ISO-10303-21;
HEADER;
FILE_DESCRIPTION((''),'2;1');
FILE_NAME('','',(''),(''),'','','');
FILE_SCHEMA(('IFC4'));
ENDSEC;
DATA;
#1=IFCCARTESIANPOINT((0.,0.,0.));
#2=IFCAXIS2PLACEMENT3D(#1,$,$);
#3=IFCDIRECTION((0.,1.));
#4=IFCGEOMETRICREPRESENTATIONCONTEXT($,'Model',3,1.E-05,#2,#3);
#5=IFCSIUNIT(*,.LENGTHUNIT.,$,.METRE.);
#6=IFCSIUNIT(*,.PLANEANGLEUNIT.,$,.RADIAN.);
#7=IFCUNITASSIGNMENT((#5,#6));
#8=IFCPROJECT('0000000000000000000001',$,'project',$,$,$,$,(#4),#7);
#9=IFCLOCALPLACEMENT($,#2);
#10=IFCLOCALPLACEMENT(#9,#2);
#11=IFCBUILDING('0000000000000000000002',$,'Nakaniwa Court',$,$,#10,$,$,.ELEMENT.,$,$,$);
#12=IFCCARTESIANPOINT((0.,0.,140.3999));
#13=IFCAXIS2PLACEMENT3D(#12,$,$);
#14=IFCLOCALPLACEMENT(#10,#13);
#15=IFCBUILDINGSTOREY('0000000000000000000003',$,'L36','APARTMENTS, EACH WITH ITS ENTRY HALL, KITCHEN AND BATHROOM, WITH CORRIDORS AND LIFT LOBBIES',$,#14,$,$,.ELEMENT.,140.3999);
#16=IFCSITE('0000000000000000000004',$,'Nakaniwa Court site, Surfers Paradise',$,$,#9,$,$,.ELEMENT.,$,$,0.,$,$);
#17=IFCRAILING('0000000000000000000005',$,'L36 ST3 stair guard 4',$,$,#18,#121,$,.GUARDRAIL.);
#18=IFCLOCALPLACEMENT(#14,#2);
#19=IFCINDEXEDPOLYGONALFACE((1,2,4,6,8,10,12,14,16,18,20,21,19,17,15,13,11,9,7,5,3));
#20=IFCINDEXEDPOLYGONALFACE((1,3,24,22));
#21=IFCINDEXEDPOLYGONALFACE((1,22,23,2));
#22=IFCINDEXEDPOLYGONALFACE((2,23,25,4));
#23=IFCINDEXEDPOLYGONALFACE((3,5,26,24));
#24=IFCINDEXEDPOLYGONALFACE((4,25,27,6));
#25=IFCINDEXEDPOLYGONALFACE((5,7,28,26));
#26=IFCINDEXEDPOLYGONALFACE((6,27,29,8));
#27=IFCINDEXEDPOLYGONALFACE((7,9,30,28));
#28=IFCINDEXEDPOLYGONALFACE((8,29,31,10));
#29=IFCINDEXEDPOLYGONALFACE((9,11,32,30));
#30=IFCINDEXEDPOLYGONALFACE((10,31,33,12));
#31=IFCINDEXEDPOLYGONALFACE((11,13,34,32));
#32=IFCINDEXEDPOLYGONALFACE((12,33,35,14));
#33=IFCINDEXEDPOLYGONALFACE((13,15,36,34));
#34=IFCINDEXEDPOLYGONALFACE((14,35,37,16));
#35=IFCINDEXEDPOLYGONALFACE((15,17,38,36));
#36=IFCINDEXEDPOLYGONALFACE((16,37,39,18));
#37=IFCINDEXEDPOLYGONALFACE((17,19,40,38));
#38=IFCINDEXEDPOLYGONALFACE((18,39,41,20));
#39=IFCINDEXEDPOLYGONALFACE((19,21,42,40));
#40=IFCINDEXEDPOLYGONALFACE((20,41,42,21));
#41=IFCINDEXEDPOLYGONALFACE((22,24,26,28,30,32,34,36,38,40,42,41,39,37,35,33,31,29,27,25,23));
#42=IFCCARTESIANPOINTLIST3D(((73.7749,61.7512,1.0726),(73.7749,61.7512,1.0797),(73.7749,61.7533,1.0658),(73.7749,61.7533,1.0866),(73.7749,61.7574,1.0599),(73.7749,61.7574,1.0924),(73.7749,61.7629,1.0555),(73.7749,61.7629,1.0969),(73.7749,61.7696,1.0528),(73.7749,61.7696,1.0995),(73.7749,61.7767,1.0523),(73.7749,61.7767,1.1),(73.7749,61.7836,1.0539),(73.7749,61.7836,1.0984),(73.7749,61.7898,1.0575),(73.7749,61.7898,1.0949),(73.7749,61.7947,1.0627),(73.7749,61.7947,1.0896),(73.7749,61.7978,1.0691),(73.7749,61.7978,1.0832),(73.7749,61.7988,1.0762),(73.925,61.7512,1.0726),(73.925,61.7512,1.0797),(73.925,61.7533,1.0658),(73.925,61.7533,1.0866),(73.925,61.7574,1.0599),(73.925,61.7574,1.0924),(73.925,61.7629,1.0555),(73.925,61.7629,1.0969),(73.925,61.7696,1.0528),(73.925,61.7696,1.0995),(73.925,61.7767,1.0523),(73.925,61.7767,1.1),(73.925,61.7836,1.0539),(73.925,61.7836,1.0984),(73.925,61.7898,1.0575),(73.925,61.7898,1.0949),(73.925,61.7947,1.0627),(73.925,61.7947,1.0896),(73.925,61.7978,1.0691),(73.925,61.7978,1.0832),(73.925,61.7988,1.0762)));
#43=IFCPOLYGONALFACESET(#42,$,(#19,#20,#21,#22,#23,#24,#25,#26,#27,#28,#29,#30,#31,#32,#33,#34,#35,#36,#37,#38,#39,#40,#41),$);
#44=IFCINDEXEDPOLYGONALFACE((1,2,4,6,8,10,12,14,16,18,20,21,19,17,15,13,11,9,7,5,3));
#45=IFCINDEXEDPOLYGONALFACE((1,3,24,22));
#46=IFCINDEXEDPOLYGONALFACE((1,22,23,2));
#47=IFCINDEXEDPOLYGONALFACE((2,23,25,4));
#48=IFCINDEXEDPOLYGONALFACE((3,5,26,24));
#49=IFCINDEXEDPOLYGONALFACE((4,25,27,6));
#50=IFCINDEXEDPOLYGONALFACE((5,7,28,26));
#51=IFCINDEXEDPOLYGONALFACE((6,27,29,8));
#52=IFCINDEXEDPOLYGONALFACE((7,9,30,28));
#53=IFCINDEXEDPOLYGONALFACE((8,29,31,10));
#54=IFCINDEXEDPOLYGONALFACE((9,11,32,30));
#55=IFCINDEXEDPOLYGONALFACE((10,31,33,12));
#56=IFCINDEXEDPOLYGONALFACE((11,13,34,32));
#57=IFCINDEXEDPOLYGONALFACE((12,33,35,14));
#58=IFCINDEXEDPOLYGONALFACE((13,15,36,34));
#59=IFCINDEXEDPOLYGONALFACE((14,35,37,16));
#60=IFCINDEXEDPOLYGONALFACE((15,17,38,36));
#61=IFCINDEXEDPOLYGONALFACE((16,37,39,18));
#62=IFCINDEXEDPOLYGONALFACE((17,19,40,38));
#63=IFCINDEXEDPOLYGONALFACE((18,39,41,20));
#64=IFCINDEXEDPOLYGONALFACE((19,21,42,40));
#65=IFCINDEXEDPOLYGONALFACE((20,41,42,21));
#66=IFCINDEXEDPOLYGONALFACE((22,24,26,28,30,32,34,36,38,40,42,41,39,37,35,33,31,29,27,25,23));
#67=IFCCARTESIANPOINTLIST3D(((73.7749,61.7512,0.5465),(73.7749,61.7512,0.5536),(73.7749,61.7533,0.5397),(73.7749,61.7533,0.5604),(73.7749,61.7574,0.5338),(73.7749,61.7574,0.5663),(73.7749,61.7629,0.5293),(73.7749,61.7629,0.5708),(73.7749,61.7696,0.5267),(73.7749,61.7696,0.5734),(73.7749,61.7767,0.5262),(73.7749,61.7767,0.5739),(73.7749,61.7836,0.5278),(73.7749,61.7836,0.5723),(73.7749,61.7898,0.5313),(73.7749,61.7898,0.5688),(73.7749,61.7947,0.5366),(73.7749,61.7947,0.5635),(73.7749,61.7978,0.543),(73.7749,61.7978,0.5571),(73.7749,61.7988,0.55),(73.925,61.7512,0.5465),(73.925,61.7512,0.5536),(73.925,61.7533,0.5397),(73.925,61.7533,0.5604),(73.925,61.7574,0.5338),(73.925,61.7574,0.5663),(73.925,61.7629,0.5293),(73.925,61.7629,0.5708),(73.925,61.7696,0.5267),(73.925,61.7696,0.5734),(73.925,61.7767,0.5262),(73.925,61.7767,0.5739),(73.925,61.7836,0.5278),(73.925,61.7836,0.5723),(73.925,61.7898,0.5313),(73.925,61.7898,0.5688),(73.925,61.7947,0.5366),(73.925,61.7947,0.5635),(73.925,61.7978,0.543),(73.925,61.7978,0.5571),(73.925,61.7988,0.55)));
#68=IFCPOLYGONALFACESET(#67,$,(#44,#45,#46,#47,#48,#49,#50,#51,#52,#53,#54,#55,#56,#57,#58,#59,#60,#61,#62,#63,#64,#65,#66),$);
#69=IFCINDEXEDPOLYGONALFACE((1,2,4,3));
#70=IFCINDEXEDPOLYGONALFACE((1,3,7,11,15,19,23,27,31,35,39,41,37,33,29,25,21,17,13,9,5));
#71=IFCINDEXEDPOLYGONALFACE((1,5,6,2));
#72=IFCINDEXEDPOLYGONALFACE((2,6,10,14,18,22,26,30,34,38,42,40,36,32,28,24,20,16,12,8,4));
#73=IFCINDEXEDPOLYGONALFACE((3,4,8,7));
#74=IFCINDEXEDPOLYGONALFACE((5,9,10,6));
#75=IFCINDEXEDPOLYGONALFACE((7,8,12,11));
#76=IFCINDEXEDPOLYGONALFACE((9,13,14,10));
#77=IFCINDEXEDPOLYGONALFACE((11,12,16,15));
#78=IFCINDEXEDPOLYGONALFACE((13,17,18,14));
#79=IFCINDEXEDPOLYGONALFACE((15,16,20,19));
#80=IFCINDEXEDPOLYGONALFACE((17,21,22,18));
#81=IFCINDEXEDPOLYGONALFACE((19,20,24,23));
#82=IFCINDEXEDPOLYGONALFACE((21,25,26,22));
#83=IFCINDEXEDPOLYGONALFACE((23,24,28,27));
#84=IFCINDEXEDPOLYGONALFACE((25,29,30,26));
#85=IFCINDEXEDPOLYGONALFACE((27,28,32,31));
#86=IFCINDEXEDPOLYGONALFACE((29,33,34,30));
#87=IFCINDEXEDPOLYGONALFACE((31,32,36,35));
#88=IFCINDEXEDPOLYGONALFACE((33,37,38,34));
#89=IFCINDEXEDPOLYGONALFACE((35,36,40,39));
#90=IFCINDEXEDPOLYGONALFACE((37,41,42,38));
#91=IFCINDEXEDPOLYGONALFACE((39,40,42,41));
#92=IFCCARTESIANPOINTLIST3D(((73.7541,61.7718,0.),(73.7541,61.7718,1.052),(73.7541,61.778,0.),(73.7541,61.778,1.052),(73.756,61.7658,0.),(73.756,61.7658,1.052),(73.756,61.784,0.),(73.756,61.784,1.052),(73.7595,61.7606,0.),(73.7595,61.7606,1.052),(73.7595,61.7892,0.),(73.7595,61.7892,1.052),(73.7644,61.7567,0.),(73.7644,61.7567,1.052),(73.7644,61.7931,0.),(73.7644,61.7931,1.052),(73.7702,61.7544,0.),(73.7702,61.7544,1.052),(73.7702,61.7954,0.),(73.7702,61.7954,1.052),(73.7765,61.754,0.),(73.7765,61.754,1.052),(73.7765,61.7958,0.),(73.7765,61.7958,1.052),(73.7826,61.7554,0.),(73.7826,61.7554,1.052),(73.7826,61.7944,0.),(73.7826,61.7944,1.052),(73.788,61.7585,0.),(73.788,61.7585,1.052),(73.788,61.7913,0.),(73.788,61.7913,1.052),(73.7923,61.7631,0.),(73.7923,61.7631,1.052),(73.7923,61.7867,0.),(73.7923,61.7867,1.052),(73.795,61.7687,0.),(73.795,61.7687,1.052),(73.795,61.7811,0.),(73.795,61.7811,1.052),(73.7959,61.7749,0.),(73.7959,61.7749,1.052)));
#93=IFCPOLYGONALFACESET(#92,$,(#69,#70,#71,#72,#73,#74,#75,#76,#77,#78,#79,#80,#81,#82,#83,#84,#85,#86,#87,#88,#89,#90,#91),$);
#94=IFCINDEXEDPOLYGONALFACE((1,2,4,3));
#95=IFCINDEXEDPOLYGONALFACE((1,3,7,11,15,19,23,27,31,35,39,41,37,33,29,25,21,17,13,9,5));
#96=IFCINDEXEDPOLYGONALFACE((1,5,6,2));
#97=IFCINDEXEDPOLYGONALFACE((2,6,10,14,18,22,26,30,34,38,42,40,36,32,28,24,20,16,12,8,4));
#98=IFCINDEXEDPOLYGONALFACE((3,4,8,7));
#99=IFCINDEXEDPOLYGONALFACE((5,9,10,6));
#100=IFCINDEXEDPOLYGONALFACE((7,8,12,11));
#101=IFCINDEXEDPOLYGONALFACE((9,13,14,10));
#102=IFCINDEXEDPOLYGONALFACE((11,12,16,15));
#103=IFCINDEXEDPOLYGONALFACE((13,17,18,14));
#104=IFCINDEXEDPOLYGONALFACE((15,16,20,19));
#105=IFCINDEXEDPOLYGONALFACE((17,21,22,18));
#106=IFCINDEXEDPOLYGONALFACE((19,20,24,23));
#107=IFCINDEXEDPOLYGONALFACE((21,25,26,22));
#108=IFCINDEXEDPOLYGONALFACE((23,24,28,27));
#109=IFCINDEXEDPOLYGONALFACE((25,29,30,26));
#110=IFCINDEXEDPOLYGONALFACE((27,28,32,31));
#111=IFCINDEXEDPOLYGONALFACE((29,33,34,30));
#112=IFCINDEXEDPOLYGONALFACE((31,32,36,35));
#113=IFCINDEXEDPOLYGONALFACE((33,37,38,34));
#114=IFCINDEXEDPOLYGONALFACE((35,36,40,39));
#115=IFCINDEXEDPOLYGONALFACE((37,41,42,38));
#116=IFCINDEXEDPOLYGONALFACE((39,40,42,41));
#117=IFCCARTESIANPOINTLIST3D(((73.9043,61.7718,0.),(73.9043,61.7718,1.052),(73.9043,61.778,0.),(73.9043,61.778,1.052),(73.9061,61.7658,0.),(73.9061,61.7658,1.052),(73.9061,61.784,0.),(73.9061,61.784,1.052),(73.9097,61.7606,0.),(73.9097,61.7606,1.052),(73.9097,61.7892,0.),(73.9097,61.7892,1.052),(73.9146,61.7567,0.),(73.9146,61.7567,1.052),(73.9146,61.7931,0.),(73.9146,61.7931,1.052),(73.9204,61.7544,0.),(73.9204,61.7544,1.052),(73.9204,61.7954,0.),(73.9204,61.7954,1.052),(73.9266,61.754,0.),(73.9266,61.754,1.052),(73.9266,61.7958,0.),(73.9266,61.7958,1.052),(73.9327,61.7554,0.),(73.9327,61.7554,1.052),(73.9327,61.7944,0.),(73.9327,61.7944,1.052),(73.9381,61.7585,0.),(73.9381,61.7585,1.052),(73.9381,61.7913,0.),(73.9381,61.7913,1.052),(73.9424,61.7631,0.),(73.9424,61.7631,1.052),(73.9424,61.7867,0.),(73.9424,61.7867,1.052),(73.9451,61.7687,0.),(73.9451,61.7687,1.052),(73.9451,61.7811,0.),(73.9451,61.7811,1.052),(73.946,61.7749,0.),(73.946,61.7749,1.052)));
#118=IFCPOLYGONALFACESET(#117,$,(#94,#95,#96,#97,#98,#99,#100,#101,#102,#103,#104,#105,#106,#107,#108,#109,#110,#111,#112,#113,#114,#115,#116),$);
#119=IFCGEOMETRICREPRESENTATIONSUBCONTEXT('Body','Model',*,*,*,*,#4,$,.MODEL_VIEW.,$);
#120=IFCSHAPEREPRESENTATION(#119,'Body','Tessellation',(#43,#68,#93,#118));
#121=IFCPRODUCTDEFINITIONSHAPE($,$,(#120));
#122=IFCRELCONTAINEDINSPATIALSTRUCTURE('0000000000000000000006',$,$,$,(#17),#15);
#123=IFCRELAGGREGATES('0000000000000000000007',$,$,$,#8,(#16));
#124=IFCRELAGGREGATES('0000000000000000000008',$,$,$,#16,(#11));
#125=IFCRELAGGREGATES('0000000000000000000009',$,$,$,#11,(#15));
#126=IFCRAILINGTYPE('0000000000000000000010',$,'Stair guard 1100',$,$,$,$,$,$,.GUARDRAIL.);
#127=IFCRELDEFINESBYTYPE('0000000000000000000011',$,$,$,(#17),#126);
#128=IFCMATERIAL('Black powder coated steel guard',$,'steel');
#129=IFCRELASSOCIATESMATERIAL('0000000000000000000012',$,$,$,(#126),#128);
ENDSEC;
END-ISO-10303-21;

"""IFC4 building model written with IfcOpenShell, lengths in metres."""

from ifc_helpers import new_model, si_unit, direction, frame, origin, origin_2d, place, context, subcontext, project, spatial, circle, extrude, material, type_object, element, save


model = new_model("IFC4")

# Units and contexts
model_context = context("Model", 3, precision=1e-05, world=origin(), true_north=direction((0.0, 1.0)))
body_context = subcontext(model_context, "Body", "Model", "MODEL_VIEW")
ifc_project = project(units=[si_unit("LENGTHUNIT", "METRE"), si_unit("PLANEANGLEUNIT", "RADIAN")], contexts=[model_context])

# Site, building, storey
site_placement = place(None, origin())
site = spatial("IfcSite", under=ifc_project, at=site_placement, Name="Nakaniwa Court site, Surfers Paradise", CompositionType="ELEMENT", RefElevation=0.0)
building_placement = place(site_placement, origin())
building = spatial("IfcBuilding", under=site, at=building_placement, Name="Nakaniwa Court", CompositionType="ELEMENT")
storey_placement = place(building_placement, frame((0.0, 0.0, 140.3999)))
storey = spatial("IfcBuildingStorey", under=building, at=storey_placement, Name="L36", Description="APARTMENTS, EACH WITH ITS ENTRY HALL, KITCHEN AND BATHROOM, WITH CORRIDORS AND LIFT LOBBIES", CompositionType="ELEMENT", Elevation=140.3999)

# Railing
ifc_material_1 = material(Name="Black powder coated steel guard", Category="steel")
railing_type_1 = type_object("IfcRailingType", Name="Stair guard 1100", PredefinedType="GUARDRAIL", material=ifc_material_1)
railing_1_placement = place(storey_placement, frame((73.7749, 61.7749, 0.0)))
element("IfcRailing", 1, at=railing_1_placement, inside=storey, type_object=railing_type_1, Name="L36 ST3 stair guard 4", PredefinedType="GUARDRAIL", context=body_context, shape_type="SweptSolid", body=[
    extrude(circle(Radius=0.0239, at=origin_2d()), frame((0.0, 0.0, 1.0762), z_axis=(1.0, 0.0, 0.0), x_axis=(0.0, 1.0, 0.0)), (0.0, 0.0, 1.0), 0.1501),
    extrude(circle(Radius=0.0239, at=origin_2d()), frame((0.0, 0.0, 0.55), z_axis=(1.0, 0.0, 0.0), x_axis=(0.0, 1.0, 0.0)), (0.0, 0.0, 1.0), 0.1501),
    extrude(circle(Radius=0.021, at=origin_2d()), origin(), (0.0, 0.0, 1.0), 1.052),
    extrude(circle(Radius=0.021, at=origin_2d()), frame((0.1501, 0.0, 0.0)), (0.0, 0.0, 1.0), 1.052),
])

save(model, "model.ifc")
